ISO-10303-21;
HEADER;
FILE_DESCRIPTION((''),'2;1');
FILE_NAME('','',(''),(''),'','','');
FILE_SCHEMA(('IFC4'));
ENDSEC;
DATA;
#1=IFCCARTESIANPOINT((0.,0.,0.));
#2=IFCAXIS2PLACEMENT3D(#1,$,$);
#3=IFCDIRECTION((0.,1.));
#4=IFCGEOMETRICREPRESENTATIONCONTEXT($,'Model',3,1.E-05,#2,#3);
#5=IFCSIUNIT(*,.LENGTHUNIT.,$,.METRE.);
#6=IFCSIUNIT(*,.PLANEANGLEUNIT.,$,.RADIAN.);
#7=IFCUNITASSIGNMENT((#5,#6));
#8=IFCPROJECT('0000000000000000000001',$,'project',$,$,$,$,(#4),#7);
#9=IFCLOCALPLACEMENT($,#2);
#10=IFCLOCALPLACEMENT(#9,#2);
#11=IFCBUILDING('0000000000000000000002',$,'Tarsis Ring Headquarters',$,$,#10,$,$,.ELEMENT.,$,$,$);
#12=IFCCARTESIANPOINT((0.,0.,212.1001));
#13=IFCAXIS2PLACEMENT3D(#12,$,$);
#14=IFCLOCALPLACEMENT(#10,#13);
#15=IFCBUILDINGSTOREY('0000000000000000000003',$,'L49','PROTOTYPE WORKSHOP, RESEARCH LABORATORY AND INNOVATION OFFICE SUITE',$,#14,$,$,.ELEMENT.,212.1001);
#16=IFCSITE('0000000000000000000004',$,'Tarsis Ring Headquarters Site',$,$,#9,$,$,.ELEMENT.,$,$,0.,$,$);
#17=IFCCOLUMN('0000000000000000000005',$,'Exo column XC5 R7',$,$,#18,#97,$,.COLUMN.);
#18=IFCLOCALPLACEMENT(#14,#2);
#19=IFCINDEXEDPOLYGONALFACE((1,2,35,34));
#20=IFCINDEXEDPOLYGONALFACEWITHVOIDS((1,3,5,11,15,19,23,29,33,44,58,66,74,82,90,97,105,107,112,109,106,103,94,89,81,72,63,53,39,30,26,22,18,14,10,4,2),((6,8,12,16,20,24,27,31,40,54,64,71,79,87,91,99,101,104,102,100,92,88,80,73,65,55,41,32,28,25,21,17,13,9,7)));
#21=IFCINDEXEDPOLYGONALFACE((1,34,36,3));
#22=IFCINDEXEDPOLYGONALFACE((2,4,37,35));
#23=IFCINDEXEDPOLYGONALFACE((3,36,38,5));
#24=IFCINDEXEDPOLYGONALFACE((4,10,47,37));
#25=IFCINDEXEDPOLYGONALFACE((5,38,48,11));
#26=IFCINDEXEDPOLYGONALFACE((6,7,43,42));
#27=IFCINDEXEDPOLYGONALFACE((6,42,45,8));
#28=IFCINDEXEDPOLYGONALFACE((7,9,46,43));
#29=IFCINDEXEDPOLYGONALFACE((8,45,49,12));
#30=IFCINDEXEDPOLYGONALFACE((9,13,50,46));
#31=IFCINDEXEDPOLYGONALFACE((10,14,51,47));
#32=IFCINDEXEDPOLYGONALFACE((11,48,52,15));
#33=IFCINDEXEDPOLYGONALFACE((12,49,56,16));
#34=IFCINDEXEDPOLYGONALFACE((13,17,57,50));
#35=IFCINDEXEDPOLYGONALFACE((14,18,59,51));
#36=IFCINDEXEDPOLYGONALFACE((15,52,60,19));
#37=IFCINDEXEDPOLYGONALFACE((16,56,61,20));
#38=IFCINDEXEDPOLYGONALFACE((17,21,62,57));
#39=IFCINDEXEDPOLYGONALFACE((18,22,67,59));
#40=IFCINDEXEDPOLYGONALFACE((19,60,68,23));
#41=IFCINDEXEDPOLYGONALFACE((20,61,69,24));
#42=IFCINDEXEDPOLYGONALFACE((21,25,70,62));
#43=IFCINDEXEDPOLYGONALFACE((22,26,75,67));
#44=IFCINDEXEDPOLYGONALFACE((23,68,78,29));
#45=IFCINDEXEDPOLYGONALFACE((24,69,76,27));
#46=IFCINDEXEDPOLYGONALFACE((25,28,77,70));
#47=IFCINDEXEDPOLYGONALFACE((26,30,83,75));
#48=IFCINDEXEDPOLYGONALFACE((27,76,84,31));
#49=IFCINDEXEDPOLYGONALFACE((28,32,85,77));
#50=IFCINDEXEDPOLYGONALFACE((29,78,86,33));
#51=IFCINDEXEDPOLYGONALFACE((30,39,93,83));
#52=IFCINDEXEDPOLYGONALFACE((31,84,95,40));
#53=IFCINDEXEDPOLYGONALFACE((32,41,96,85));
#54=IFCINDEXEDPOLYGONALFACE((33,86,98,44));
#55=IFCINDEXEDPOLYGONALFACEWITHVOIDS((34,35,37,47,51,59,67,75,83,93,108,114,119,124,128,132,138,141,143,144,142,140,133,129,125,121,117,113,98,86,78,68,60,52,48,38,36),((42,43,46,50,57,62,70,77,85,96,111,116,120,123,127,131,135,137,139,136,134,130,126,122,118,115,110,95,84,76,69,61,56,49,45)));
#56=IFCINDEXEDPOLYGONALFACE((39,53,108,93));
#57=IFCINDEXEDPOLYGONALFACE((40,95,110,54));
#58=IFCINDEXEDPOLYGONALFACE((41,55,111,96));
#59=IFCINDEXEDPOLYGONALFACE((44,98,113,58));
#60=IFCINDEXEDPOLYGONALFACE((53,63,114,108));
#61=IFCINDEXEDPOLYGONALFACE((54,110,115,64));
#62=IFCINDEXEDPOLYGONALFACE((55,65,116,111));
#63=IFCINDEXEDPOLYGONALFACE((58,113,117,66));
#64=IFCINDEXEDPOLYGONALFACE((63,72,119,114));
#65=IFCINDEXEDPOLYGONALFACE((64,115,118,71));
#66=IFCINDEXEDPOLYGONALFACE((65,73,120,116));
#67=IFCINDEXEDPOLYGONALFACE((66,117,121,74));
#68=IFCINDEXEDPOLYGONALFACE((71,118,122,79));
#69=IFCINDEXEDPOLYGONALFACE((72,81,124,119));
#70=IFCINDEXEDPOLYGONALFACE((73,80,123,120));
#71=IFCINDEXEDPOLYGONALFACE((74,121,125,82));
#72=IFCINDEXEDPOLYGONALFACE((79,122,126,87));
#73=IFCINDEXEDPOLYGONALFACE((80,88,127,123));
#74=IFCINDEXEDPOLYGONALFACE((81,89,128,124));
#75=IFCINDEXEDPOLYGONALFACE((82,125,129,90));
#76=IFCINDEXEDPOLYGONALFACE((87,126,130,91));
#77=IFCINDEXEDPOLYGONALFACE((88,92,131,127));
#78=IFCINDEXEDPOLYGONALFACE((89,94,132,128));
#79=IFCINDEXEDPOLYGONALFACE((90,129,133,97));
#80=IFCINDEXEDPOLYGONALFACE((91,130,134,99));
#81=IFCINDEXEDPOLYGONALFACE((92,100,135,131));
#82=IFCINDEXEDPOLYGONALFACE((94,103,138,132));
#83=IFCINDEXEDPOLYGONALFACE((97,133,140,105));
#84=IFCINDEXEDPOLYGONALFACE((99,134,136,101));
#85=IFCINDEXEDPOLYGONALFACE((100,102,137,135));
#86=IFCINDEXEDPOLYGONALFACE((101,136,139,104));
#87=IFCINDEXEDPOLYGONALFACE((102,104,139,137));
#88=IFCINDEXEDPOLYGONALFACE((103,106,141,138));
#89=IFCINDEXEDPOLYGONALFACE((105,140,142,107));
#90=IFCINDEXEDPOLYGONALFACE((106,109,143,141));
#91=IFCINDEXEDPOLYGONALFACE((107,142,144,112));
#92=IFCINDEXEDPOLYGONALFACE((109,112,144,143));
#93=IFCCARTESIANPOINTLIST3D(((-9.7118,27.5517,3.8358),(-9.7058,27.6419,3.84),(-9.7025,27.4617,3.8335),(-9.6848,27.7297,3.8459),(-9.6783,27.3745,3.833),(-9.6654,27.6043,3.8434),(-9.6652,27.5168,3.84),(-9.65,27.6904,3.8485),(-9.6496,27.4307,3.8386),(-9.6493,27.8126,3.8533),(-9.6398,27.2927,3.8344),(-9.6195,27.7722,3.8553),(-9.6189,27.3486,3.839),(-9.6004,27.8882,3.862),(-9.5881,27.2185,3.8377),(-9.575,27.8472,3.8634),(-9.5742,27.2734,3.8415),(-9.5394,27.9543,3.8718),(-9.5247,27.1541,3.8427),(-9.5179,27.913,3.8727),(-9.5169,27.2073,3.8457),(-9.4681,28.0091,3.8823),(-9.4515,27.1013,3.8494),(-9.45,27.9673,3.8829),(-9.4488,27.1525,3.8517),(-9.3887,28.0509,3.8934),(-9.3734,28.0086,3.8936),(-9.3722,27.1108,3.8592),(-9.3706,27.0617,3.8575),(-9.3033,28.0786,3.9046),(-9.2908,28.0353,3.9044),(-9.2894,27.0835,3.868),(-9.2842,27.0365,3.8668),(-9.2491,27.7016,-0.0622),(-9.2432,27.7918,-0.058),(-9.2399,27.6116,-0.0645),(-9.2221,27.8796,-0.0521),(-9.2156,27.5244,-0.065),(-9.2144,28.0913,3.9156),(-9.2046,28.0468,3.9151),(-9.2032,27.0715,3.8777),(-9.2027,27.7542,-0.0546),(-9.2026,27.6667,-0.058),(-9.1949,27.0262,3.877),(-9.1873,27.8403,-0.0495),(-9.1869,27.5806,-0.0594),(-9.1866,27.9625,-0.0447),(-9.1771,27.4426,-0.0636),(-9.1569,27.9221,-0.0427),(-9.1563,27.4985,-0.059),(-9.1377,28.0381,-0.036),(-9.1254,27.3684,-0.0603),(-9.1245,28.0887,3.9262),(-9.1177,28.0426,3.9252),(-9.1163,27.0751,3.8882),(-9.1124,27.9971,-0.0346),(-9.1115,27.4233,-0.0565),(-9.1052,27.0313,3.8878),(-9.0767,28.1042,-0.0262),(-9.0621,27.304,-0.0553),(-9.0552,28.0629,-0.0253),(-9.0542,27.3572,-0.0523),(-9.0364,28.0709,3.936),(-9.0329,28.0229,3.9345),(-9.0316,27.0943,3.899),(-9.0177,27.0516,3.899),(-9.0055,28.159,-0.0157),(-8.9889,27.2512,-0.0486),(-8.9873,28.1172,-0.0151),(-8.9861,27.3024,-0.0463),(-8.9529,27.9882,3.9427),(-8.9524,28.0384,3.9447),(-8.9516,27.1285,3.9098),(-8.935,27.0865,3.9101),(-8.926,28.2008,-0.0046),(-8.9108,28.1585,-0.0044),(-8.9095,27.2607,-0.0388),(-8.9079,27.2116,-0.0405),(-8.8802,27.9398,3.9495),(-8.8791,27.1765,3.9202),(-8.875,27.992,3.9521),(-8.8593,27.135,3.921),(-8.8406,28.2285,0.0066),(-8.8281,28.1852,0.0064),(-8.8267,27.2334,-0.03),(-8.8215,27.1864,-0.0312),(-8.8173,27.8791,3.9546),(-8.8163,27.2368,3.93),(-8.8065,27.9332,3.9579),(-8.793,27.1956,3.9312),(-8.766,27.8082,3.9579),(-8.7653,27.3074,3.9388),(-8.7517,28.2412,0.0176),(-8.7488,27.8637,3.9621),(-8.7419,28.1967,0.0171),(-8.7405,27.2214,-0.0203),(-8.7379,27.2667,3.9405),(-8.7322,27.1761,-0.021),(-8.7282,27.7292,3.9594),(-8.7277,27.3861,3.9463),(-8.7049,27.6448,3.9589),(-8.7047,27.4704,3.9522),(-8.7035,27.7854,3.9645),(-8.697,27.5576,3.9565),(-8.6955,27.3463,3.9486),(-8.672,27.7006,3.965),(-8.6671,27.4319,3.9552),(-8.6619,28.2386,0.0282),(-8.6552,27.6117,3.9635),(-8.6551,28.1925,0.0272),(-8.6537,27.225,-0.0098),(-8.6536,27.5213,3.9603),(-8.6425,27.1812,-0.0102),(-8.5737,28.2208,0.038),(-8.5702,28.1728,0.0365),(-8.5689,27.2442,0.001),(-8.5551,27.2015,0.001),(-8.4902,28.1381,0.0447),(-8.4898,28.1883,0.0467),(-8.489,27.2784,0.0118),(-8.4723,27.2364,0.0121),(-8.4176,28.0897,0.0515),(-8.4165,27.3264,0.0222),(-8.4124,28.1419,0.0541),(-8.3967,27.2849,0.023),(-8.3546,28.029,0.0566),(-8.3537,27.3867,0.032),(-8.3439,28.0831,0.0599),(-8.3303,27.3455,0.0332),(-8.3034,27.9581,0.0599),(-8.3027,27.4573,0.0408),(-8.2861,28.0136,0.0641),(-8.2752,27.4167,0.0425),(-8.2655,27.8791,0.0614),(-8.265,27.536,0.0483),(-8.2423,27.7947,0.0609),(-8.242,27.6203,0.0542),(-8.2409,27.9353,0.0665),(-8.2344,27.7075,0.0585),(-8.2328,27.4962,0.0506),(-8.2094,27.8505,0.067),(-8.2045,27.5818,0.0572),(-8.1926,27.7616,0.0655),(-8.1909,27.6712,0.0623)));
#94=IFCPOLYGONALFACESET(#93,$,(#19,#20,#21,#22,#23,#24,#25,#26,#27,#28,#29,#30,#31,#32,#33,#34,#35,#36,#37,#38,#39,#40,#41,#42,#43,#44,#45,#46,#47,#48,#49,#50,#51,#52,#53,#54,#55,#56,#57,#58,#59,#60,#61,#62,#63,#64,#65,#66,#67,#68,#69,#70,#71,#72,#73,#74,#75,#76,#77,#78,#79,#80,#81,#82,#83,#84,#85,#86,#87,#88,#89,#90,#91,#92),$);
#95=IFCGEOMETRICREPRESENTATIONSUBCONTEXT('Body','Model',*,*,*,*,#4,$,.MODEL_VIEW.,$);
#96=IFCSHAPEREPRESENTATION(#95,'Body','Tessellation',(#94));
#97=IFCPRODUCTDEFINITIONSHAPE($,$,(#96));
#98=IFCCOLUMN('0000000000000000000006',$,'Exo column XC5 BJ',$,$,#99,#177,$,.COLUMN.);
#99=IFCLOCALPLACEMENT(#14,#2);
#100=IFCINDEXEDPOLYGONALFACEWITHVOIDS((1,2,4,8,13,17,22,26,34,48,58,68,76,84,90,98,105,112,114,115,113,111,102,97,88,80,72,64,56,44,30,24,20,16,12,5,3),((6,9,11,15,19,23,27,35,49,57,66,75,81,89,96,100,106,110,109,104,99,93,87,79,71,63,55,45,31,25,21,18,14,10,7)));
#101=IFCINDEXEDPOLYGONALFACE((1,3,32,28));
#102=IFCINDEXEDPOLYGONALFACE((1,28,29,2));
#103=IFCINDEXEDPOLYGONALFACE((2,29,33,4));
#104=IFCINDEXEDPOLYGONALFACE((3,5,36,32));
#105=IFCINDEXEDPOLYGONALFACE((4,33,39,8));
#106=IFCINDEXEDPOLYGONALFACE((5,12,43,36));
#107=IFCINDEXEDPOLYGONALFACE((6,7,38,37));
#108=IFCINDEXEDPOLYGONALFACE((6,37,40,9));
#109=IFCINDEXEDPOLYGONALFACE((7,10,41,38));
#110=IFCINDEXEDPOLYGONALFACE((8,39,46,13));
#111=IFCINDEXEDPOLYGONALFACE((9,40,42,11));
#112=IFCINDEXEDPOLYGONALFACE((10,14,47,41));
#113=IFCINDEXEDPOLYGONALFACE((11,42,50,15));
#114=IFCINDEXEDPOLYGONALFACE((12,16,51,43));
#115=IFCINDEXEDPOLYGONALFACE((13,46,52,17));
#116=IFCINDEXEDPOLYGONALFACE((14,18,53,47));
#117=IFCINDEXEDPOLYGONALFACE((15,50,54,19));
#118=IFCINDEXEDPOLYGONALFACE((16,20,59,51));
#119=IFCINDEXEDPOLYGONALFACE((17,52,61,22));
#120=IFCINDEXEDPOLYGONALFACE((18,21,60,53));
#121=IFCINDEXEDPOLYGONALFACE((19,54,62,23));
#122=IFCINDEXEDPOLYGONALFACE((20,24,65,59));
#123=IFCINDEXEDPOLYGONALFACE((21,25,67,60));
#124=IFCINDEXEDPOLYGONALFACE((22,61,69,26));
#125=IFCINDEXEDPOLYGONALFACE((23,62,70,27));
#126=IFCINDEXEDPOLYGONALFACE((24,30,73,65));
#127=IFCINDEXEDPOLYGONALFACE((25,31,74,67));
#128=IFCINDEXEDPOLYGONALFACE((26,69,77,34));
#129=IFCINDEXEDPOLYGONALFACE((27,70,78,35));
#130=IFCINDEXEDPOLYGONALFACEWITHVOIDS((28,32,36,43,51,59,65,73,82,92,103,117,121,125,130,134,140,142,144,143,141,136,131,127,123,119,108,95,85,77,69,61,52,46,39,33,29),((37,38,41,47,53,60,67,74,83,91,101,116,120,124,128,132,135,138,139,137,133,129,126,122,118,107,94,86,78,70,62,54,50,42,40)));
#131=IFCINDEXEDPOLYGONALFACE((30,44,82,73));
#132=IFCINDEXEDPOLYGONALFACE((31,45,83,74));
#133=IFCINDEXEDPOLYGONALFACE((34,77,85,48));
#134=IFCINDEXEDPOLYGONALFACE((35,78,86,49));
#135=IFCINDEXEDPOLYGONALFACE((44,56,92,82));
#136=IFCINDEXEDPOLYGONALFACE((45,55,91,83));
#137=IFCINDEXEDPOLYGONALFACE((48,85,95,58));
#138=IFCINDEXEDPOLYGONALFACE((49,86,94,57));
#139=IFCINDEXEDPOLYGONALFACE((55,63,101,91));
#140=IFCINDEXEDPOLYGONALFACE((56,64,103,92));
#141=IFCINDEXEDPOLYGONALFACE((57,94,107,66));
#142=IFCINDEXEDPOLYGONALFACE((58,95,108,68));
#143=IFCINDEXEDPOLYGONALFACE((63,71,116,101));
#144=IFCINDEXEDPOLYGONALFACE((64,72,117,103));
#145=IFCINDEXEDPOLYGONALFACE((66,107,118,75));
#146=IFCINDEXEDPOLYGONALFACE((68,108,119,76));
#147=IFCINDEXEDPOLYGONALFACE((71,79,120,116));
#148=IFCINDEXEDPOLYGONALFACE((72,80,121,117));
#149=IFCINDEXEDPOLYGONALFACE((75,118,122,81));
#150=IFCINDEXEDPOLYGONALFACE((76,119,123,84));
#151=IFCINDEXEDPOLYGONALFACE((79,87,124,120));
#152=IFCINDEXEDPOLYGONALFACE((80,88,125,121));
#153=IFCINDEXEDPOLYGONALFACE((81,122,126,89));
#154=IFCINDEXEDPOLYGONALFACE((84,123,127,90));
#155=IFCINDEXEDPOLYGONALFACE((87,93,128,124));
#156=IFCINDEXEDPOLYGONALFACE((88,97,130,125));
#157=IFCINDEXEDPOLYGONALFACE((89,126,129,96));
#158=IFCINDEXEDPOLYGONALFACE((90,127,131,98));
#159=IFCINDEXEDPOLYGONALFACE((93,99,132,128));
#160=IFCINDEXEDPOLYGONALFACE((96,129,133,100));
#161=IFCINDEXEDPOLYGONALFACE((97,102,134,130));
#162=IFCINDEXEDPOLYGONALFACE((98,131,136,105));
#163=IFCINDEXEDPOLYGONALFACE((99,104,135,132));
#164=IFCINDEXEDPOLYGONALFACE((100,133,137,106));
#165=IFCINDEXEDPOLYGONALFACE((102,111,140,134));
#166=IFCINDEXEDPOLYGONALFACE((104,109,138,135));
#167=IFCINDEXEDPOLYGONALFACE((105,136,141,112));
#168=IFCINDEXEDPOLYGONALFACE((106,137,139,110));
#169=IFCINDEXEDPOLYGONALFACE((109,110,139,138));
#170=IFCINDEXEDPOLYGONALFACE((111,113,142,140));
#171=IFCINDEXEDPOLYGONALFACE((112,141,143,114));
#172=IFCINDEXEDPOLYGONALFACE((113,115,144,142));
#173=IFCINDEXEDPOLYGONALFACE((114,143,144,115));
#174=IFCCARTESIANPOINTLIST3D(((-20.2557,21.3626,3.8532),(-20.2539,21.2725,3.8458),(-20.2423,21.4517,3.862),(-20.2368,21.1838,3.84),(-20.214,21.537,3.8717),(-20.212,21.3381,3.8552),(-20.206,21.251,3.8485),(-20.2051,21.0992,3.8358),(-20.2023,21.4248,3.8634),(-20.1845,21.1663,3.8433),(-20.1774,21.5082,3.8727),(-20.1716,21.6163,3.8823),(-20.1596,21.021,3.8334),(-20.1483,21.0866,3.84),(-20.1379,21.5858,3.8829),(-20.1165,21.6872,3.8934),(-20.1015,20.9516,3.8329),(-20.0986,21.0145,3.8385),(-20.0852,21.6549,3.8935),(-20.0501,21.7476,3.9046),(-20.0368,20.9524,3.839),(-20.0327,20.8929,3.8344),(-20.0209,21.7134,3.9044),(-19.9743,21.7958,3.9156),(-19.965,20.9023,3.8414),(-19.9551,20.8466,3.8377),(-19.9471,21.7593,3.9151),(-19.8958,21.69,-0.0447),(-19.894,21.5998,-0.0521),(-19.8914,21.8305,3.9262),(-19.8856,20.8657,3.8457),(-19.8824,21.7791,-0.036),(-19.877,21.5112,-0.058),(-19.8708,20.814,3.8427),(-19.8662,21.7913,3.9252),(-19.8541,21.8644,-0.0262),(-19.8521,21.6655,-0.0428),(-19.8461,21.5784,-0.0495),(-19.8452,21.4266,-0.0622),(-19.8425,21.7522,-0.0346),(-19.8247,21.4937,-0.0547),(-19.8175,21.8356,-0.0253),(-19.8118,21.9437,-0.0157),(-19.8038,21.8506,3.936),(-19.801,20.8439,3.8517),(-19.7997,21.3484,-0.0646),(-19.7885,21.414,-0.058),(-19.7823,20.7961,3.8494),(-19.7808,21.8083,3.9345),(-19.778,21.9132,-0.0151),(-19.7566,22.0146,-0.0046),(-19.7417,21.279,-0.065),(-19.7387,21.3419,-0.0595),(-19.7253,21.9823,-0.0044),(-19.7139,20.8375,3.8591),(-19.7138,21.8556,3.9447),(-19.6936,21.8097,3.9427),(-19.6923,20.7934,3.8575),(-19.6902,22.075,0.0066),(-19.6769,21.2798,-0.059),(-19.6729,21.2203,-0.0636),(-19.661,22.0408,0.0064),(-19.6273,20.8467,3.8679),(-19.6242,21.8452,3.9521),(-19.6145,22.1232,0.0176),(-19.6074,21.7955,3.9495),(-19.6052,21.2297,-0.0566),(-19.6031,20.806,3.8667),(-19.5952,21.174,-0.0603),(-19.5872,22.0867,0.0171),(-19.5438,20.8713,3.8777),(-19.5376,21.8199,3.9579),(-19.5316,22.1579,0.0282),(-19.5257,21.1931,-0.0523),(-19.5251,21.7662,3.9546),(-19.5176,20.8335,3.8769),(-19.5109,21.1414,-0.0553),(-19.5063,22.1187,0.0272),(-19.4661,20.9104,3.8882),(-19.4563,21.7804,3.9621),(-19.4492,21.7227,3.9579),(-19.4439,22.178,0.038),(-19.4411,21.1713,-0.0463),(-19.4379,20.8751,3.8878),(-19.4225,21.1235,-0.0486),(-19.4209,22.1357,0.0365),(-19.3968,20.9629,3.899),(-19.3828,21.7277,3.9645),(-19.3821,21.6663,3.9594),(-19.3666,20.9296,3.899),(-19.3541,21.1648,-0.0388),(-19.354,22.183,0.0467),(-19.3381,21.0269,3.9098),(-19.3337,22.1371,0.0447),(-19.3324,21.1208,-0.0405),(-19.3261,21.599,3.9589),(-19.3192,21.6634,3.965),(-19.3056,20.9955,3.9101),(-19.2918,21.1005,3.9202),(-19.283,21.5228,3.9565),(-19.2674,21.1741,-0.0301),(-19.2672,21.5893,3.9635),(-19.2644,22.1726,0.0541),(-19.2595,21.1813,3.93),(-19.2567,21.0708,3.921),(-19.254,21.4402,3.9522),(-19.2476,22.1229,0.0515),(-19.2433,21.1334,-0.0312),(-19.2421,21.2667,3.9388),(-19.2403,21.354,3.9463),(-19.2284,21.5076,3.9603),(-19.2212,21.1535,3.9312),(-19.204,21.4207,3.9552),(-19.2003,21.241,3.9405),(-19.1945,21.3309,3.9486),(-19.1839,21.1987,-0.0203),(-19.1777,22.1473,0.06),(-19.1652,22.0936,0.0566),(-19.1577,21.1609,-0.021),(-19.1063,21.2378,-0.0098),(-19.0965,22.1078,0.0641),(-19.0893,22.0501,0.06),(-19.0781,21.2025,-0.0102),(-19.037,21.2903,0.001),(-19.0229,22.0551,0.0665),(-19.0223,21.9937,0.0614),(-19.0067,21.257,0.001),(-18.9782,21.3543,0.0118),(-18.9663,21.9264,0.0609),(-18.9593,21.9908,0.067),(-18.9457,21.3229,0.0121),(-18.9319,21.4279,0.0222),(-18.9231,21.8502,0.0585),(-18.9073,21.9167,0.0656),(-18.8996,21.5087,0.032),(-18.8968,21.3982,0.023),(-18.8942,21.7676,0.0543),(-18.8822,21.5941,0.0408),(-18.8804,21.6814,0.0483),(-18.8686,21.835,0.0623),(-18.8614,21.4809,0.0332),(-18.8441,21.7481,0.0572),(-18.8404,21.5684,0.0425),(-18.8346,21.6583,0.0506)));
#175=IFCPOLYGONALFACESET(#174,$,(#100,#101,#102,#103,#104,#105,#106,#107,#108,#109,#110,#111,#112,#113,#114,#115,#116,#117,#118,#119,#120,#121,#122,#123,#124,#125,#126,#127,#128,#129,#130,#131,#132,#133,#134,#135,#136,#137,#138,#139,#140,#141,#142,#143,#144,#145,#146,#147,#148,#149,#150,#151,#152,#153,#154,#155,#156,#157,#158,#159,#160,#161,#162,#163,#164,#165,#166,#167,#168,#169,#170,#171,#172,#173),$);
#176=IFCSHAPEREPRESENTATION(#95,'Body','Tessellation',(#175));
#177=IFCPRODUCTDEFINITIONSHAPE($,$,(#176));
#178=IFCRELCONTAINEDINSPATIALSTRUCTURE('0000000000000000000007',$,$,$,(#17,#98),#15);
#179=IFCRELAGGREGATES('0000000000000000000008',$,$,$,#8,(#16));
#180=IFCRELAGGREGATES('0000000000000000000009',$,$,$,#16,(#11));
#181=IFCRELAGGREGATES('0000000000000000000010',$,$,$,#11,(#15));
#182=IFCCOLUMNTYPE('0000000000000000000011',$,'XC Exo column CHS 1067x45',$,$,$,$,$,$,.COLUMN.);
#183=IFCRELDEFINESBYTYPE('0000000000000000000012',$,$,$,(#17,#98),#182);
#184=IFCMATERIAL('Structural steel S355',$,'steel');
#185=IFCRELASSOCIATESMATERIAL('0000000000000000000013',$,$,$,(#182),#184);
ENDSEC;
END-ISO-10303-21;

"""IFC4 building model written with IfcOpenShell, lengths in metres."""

from ifc_helpers import new_model, si_unit, direction, frame, origin, origin_2d, place, context, subcontext, project, spatial, hollow_circle, extrude, material, material_profile, profile_set, type_object, element, save


model = new_model("IFC4")

# Units and contexts
model_context = context("Model", 3, precision=1e-05, world=origin(), true_north=direction((0.0, 1.0)))
body_context = subcontext(model_context, "Body", "Model", "MODEL_VIEW")
ifc_project = project(units=[si_unit("LENGTHUNIT", "METRE"), si_unit("PLANEANGLEUNIT", "RADIAN")], contexts=[model_context])

# Site, building, storey
site_placement = place(None, origin())
site = spatial("IfcSite", under=ifc_project, at=site_placement, Name="Tarsis Ring Headquarters Site", CompositionType="ELEMENT", RefElevation=0.0)
building_placement = place(site_placement, origin())
building = spatial("IfcBuilding", under=site, at=building_placement, Name="Tarsis Ring Headquarters", CompositionType="ELEMENT")
storey_placement = place(building_placement, frame((0.0, 0.0, 212.1001)))
storey = spatial("IfcBuildingStorey", under=building, at=storey_placement, Name="L49", Description="PROTOTYPE WORKSHOP, RESEARCH LABORATORY AND INNOVATION OFFICE SUITE", CompositionType="ELEMENT", Elevation=212.1001)

# Columns
ifc_material_1 = material(Name="Structural steel S355", Category="steel")
ifc_material_profile_1 = material_profile(ifc_material_1, hollow_circle(Radius=0.5334, WallThickness=0.0449, at=origin_2d()), Name="CHS 1067x45")
ifc_profile_set_1 = profile_set([ifc_material_profile_1], Name="Structural steel S355")
column_type = type_object("IfcColumnType", Name="XC Exo column CHS 1067x45", PredefinedType="COLUMN", material=ifc_profile_set_1)
for number, where, z_axis, x_axis, name in (
    (1, (-8.7195, 27.709, 0.001), (-0.117777, -0.038161, 0.992307), (0.308235, -0.95131, 0.0), "Exo column XC5 R7"),
    (2, (-19.3657, 21.6516, 0.001), (-0.09161, -0.083344, 0.992301), (0.672948, -0.73969, 0.0), "Exo column XC5 BJ"),
):
    element("IfcColumn", number, at=place(storey_placement, frame(where, z_axis=z_axis, x_axis=x_axis)), inside=storey, type_object=column_type, Name=name, PredefinedType="COLUMN", context=body_context, shape_type="SweptSolid", body=[
        extrude(hollow_circle(Radius=0.5334, WallThickness=0.0449, at=origin_2d()), origin(), (0.0, 0.0, 1.0), 3.9282),
    ])

save(model, "model.ifc")
